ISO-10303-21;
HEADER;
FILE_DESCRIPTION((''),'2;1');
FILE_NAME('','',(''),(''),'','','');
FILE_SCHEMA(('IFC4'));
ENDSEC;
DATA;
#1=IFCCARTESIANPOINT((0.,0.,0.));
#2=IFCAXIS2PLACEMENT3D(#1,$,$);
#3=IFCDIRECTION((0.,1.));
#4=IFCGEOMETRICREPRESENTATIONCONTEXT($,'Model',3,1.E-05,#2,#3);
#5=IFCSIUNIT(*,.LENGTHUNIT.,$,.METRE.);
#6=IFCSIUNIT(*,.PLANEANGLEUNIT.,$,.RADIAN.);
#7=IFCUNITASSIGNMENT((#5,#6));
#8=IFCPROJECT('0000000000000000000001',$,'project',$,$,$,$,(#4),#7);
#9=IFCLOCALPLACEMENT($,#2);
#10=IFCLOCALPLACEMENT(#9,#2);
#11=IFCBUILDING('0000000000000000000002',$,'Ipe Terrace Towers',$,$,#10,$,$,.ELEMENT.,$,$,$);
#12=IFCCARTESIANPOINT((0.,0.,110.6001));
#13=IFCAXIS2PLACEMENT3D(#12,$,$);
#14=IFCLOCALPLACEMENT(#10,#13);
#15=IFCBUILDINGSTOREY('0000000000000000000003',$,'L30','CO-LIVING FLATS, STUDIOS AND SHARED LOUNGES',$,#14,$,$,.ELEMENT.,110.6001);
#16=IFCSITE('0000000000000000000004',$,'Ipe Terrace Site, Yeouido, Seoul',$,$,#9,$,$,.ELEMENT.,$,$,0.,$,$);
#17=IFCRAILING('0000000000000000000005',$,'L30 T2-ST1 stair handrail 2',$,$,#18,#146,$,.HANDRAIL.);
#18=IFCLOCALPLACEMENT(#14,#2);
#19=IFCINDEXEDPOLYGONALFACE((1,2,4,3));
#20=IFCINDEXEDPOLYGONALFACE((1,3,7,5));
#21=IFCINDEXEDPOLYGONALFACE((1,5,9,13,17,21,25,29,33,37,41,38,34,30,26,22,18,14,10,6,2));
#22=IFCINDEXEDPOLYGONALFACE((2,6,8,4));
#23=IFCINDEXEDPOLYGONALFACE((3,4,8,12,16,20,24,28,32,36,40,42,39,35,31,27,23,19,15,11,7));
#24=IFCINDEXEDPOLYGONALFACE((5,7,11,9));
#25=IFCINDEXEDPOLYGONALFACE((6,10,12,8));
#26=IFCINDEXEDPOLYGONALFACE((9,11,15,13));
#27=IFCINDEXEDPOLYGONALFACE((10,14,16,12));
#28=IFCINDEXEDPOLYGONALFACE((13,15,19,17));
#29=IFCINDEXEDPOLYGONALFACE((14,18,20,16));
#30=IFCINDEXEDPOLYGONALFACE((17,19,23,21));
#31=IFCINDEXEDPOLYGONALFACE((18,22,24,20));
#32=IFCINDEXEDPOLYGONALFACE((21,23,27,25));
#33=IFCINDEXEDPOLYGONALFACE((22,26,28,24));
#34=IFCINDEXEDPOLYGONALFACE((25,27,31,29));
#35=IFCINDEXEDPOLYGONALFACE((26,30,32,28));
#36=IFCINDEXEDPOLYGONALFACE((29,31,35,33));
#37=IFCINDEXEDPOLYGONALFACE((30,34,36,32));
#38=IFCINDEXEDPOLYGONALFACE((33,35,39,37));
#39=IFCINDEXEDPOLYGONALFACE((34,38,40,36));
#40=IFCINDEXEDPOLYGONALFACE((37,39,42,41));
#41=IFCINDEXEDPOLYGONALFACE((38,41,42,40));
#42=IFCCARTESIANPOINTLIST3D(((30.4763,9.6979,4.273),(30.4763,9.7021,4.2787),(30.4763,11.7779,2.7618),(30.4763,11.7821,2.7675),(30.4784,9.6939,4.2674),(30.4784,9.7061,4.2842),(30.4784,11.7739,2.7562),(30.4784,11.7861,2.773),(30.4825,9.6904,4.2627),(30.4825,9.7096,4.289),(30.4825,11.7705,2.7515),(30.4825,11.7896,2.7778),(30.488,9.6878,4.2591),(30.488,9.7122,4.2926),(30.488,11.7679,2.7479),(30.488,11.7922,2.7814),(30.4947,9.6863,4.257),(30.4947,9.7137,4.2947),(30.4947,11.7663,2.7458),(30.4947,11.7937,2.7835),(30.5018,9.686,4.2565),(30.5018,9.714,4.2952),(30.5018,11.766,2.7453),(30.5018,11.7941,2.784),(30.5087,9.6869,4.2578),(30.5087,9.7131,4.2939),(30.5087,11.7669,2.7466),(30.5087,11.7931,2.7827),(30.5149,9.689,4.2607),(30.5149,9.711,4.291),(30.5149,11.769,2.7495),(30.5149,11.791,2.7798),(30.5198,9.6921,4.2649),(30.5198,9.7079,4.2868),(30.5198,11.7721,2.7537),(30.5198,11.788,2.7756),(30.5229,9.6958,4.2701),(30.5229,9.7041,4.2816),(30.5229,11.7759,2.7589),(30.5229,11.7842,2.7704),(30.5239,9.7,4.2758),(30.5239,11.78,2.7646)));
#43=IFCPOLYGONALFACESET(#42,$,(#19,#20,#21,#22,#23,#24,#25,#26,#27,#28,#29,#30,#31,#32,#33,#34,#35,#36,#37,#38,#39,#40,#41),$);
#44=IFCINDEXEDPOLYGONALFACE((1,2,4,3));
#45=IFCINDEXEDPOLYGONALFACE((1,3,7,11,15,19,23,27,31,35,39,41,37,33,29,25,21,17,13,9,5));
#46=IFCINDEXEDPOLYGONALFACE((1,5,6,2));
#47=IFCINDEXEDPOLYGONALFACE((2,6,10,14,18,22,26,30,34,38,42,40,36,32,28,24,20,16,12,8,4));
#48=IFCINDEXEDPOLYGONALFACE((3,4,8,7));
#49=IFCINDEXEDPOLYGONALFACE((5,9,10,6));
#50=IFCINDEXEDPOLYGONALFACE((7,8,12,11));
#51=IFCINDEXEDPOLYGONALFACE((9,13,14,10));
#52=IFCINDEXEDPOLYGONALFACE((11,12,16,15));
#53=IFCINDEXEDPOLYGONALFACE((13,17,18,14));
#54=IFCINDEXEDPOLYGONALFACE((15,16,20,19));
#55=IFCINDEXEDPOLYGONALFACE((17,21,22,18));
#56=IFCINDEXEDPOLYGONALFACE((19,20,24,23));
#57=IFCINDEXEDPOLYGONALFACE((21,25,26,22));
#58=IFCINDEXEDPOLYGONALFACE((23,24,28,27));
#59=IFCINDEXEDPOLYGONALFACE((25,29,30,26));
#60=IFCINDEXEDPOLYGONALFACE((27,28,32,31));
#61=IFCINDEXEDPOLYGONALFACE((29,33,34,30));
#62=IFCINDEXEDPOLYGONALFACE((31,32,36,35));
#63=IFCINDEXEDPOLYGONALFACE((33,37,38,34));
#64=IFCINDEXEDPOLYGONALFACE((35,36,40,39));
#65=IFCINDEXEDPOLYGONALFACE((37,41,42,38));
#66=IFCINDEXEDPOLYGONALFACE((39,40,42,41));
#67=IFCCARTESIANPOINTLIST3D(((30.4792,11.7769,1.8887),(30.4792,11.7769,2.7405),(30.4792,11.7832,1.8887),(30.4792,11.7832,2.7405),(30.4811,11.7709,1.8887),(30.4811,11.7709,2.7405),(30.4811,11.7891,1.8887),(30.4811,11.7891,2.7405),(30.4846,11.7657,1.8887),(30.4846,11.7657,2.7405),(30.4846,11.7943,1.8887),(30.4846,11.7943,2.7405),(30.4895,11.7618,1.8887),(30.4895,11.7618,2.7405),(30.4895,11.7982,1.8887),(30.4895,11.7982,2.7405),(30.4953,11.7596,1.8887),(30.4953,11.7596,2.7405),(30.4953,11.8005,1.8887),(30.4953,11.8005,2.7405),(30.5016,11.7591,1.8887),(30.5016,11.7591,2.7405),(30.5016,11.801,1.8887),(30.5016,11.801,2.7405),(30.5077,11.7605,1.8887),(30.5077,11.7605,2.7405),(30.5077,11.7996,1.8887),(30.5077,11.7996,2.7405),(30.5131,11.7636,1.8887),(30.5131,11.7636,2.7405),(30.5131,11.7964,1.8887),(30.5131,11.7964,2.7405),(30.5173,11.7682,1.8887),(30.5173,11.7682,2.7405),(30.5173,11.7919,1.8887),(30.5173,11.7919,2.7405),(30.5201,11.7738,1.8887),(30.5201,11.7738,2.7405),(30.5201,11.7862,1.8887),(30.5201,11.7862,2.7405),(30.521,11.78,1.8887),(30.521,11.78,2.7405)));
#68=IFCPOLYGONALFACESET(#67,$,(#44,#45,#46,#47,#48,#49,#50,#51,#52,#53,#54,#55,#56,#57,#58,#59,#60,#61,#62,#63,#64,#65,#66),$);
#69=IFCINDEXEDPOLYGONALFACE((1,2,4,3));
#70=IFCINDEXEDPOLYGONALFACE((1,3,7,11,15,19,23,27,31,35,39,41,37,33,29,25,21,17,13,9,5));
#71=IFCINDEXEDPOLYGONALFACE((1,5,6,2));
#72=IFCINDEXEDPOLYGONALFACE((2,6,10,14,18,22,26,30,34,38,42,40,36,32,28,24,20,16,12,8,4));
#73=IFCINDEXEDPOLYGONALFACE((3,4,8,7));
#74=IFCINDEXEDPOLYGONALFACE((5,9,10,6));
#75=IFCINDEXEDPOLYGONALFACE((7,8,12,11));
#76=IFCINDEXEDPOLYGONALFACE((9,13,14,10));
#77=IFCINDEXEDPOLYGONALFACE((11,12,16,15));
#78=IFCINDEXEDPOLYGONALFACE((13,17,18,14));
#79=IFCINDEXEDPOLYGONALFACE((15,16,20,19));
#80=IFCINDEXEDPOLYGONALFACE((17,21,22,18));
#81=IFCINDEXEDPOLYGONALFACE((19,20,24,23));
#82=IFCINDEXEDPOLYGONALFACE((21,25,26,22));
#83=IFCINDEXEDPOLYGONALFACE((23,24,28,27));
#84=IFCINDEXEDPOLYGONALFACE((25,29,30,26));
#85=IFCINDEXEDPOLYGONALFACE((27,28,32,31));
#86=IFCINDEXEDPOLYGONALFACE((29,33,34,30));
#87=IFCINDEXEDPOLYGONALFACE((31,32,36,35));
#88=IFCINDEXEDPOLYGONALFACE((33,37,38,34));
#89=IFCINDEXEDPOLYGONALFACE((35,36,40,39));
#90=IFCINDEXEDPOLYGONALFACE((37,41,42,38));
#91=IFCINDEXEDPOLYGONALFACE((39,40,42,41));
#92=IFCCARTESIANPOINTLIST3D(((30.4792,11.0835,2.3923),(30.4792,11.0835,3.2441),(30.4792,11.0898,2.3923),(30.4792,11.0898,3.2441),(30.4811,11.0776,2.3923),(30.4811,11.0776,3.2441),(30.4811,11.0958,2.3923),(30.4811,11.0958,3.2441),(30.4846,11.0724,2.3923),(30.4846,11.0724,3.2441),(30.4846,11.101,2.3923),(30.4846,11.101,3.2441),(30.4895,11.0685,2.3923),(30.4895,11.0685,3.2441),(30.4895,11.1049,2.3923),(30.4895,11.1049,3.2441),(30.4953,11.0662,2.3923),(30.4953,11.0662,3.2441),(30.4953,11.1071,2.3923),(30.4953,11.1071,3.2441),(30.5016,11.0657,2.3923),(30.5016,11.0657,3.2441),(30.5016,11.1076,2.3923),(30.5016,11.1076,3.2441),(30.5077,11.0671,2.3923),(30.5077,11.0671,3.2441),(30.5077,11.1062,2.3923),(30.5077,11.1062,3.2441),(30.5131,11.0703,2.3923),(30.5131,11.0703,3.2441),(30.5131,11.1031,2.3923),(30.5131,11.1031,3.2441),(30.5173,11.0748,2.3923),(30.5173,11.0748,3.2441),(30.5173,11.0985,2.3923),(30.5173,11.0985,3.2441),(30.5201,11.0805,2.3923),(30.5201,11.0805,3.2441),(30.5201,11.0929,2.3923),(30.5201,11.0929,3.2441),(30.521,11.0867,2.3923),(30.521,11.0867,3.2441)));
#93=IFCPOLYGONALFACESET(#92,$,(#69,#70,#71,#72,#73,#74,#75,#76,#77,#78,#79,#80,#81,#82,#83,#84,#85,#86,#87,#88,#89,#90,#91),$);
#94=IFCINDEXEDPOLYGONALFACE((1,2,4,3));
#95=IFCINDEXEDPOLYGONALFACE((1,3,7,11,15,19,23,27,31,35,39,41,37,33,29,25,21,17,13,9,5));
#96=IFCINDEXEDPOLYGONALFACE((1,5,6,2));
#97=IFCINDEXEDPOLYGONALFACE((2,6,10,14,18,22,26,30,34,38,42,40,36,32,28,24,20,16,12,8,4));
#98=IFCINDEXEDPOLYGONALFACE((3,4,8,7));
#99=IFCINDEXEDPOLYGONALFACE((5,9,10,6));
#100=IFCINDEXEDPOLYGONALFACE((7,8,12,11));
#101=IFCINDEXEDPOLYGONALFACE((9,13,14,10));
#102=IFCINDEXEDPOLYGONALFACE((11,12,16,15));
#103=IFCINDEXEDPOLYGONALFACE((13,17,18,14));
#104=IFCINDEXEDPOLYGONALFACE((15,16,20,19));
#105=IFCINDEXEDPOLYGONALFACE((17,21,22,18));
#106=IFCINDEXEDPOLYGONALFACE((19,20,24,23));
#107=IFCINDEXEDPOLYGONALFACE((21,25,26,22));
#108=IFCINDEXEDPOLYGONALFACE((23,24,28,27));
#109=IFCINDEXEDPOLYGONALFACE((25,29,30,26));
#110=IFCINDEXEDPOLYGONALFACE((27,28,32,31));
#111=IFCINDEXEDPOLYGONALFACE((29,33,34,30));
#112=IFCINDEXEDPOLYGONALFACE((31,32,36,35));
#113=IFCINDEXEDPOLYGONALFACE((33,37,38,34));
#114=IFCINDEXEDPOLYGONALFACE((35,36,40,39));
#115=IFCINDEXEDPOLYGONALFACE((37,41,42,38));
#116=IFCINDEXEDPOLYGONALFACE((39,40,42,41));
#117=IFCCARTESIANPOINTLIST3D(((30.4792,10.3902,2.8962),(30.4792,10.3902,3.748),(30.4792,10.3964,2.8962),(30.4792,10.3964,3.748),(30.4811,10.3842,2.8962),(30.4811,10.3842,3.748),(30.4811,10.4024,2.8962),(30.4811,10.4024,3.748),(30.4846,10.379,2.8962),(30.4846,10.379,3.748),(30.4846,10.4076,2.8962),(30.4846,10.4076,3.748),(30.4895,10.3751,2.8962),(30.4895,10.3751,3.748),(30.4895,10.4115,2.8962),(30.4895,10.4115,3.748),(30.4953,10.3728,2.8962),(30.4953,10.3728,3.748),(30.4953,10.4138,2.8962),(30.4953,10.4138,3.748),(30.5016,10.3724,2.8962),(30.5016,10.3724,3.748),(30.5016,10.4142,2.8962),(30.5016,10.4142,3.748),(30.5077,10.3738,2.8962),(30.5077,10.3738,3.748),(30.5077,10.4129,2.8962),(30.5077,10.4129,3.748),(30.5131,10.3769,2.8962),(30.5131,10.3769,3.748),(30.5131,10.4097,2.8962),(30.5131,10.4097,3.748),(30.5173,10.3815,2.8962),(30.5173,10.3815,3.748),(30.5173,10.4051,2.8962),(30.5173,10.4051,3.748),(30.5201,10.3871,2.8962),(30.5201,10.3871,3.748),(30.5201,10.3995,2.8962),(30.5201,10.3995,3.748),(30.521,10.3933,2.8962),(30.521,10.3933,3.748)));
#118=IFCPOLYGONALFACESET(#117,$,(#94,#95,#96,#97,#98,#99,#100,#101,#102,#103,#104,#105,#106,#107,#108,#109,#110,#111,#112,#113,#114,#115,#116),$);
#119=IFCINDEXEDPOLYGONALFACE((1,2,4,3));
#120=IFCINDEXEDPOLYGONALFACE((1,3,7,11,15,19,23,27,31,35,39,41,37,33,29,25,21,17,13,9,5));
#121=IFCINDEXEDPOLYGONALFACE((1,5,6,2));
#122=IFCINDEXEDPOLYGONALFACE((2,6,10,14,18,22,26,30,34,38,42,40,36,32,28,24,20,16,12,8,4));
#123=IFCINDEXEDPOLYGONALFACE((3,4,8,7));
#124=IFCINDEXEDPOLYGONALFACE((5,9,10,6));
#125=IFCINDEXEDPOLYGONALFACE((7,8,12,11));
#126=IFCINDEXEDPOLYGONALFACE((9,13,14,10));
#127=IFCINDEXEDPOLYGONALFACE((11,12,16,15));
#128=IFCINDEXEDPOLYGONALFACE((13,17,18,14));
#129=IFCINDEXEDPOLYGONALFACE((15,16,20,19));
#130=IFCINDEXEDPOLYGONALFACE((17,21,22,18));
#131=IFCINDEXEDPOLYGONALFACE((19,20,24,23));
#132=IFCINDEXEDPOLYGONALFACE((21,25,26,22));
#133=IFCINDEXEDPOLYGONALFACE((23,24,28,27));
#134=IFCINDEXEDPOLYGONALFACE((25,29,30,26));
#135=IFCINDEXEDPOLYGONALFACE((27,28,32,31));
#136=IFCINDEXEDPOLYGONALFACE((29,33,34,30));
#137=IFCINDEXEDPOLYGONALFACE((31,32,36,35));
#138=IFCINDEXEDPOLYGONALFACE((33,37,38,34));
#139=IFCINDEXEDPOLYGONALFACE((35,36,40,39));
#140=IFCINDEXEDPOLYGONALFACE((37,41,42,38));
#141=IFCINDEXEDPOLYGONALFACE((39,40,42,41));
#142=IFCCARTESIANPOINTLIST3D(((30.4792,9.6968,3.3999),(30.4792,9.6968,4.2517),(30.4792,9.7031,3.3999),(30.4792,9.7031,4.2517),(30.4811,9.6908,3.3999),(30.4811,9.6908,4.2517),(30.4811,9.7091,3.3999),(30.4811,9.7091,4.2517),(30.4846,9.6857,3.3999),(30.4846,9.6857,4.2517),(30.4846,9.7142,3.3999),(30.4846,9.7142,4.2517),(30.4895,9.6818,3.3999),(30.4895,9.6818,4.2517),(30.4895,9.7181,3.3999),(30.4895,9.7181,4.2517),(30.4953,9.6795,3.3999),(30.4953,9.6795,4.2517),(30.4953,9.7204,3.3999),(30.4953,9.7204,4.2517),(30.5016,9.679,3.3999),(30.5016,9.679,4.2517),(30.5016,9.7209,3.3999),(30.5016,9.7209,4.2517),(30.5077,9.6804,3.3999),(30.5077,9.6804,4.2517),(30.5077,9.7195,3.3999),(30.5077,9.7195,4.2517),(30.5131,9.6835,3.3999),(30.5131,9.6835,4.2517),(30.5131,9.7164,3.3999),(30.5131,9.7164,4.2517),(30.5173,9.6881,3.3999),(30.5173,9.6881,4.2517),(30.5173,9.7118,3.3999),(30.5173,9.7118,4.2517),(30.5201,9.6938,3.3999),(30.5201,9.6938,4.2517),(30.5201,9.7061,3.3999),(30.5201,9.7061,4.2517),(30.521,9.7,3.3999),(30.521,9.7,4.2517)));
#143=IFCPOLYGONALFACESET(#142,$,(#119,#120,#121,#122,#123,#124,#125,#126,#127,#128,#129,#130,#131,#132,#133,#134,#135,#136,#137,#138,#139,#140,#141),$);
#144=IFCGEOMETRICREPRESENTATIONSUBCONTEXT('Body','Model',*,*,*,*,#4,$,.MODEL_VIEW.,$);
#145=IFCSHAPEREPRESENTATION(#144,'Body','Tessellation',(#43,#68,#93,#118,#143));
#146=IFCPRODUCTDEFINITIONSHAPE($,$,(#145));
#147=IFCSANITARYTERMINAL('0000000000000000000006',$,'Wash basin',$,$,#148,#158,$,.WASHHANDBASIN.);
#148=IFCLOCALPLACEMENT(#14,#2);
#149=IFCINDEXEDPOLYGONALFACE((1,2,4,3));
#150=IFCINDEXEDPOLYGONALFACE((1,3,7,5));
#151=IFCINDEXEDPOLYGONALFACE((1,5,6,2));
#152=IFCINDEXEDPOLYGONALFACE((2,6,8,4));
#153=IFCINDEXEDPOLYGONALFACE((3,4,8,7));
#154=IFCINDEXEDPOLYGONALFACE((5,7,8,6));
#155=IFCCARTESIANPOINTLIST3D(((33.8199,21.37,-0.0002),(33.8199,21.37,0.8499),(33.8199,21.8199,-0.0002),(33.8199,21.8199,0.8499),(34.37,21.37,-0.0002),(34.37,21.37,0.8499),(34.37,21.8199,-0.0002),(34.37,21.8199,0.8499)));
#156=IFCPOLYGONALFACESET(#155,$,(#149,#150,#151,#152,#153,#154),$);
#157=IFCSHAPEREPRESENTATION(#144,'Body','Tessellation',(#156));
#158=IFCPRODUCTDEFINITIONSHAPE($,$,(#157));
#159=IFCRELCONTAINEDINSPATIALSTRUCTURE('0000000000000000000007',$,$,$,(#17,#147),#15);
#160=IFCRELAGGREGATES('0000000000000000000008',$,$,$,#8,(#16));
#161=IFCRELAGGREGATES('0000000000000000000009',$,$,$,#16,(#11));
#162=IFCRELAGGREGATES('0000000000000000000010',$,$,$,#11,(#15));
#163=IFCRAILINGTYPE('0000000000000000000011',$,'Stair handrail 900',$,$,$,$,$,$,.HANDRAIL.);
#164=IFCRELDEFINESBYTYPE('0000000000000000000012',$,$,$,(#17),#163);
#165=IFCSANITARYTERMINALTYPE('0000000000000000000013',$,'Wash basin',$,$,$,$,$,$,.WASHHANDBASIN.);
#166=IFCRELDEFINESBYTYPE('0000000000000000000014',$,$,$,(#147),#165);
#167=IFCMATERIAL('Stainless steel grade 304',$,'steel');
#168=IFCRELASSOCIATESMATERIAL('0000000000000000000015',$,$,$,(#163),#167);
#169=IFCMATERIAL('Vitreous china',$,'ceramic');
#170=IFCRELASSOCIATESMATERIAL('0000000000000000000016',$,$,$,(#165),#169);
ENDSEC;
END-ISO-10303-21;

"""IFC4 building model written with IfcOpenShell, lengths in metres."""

from ifc_helpers import new_model, si_unit, direction, frame, origin, origin_2d, place, context, subcontext, project, spatial, rectangle, circle, extrude, material, type_object, element, save


model = new_model("IFC4")

# Units and contexts
model_context = context("Model", 3, precision=1e-05, world=origin(), true_north=direction((0.0, 1.0)))
body_context = subcontext(model_context, "Body", "Model", "MODEL_VIEW")
ifc_project = project(units=[si_unit("LENGTHUNIT", "METRE"), si_unit("PLANEANGLEUNIT", "RADIAN")], contexts=[model_context])

# Site, building, storey
site_placement = place(None, origin())
site = spatial("IfcSite", under=ifc_project, at=site_placement, Name="Ipe Terrace Site, Yeouido, Seoul", CompositionType="ELEMENT", RefElevation=0.0)
building_placement = place(site_placement, origin())
building = spatial("IfcBuilding", under=site, at=building_placement, Name="Ipe Terrace Towers", CompositionType="ELEMENT")
storey_placement = place(building_placement, frame((0.0, 0.0, 110.6001)))
storey = spatial("IfcBuildingStorey", under=building, at=storey_placement, Name="L30", Description="CO-LIVING FLATS, STUDIOS AND SHARED LOUNGES", CompositionType="ELEMENT", Elevation=110.6001)

# Railing
ifc_material_1 = material(Name="Stainless steel grade 304", Category="steel")
railing_type_1 = type_object("IfcRailingType", Name="Stair handrail 900", PredefinedType="HANDRAIL", material=ifc_material_1)
railing_1_placement = place(storey_placement, frame((30.5, 11.78, 1.8887)))
element("IfcRailing", 1, at=railing_1_placement, inside=storey, type_object=railing_type_1, Name="L30 T2-ST1 stair handrail 2", PredefinedType="HANDRAIL", context=body_context, shape_type="SweptSolid", body=[
    extrude(circle(Radius=0.0239, at=origin_2d()), frame((0.0, 0.0, 0.876), z_axis=(0.0, -0.809023, 0.587776), x_axis=(1.0, 0.0, 0.0)), (0.0, 0.0, 1.0), 2.571),
    extrude(circle(Radius=0.021, at=origin_2d()), origin(), (0.0, 0.0, 1.0), 0.8518),
    extrude(circle(Radius=0.021, at=origin_2d()), frame((0.0, -0.6934, 0.5037)), (0.0, 0.0, 1.0), 0.8518),
    extrude(circle(Radius=0.021, at=origin_2d()), frame((0.0, -1.3867, 1.0076)), (0.0, 0.0, 1.0), 0.8518),
    extrude(circle(Radius=0.021, at=origin_2d()), frame((0.0, -2.0801, 1.5112)), (0.0, 0.0, 1.0), 0.8518),
])

# Sanitary terminal
ifc_material_2 = material(Name="Vitreous china", Category="ceramic")
sanitary_terminal_type = type_object("IfcSanitaryTerminalType", Name="Wash basin", PredefinedType="WASHHANDBASIN", material=ifc_material_2)
sanitary_terminal_placement = place(storey_placement, frame((34.095, 21.595, -0.0002), z_axis=(0.0, 0.0, 1.0), x_axis=(1.0, 0.0, 0.0)))
element("IfcSanitaryTerminal", 2, at=sanitary_terminal_placement, inside=storey, type_object=sanitary_terminal_type, Name="Wash basin", PredefinedType="WASHHANDBASIN", context=body_context, shape_type="SweptSolid", body=[
    extrude(rectangle(XDim=0.55, YDim=0.45, at=origin_2d()), origin(), (0.0, 0.0, 1.0), 0.8501),
])

save(model, "model.ifc")
